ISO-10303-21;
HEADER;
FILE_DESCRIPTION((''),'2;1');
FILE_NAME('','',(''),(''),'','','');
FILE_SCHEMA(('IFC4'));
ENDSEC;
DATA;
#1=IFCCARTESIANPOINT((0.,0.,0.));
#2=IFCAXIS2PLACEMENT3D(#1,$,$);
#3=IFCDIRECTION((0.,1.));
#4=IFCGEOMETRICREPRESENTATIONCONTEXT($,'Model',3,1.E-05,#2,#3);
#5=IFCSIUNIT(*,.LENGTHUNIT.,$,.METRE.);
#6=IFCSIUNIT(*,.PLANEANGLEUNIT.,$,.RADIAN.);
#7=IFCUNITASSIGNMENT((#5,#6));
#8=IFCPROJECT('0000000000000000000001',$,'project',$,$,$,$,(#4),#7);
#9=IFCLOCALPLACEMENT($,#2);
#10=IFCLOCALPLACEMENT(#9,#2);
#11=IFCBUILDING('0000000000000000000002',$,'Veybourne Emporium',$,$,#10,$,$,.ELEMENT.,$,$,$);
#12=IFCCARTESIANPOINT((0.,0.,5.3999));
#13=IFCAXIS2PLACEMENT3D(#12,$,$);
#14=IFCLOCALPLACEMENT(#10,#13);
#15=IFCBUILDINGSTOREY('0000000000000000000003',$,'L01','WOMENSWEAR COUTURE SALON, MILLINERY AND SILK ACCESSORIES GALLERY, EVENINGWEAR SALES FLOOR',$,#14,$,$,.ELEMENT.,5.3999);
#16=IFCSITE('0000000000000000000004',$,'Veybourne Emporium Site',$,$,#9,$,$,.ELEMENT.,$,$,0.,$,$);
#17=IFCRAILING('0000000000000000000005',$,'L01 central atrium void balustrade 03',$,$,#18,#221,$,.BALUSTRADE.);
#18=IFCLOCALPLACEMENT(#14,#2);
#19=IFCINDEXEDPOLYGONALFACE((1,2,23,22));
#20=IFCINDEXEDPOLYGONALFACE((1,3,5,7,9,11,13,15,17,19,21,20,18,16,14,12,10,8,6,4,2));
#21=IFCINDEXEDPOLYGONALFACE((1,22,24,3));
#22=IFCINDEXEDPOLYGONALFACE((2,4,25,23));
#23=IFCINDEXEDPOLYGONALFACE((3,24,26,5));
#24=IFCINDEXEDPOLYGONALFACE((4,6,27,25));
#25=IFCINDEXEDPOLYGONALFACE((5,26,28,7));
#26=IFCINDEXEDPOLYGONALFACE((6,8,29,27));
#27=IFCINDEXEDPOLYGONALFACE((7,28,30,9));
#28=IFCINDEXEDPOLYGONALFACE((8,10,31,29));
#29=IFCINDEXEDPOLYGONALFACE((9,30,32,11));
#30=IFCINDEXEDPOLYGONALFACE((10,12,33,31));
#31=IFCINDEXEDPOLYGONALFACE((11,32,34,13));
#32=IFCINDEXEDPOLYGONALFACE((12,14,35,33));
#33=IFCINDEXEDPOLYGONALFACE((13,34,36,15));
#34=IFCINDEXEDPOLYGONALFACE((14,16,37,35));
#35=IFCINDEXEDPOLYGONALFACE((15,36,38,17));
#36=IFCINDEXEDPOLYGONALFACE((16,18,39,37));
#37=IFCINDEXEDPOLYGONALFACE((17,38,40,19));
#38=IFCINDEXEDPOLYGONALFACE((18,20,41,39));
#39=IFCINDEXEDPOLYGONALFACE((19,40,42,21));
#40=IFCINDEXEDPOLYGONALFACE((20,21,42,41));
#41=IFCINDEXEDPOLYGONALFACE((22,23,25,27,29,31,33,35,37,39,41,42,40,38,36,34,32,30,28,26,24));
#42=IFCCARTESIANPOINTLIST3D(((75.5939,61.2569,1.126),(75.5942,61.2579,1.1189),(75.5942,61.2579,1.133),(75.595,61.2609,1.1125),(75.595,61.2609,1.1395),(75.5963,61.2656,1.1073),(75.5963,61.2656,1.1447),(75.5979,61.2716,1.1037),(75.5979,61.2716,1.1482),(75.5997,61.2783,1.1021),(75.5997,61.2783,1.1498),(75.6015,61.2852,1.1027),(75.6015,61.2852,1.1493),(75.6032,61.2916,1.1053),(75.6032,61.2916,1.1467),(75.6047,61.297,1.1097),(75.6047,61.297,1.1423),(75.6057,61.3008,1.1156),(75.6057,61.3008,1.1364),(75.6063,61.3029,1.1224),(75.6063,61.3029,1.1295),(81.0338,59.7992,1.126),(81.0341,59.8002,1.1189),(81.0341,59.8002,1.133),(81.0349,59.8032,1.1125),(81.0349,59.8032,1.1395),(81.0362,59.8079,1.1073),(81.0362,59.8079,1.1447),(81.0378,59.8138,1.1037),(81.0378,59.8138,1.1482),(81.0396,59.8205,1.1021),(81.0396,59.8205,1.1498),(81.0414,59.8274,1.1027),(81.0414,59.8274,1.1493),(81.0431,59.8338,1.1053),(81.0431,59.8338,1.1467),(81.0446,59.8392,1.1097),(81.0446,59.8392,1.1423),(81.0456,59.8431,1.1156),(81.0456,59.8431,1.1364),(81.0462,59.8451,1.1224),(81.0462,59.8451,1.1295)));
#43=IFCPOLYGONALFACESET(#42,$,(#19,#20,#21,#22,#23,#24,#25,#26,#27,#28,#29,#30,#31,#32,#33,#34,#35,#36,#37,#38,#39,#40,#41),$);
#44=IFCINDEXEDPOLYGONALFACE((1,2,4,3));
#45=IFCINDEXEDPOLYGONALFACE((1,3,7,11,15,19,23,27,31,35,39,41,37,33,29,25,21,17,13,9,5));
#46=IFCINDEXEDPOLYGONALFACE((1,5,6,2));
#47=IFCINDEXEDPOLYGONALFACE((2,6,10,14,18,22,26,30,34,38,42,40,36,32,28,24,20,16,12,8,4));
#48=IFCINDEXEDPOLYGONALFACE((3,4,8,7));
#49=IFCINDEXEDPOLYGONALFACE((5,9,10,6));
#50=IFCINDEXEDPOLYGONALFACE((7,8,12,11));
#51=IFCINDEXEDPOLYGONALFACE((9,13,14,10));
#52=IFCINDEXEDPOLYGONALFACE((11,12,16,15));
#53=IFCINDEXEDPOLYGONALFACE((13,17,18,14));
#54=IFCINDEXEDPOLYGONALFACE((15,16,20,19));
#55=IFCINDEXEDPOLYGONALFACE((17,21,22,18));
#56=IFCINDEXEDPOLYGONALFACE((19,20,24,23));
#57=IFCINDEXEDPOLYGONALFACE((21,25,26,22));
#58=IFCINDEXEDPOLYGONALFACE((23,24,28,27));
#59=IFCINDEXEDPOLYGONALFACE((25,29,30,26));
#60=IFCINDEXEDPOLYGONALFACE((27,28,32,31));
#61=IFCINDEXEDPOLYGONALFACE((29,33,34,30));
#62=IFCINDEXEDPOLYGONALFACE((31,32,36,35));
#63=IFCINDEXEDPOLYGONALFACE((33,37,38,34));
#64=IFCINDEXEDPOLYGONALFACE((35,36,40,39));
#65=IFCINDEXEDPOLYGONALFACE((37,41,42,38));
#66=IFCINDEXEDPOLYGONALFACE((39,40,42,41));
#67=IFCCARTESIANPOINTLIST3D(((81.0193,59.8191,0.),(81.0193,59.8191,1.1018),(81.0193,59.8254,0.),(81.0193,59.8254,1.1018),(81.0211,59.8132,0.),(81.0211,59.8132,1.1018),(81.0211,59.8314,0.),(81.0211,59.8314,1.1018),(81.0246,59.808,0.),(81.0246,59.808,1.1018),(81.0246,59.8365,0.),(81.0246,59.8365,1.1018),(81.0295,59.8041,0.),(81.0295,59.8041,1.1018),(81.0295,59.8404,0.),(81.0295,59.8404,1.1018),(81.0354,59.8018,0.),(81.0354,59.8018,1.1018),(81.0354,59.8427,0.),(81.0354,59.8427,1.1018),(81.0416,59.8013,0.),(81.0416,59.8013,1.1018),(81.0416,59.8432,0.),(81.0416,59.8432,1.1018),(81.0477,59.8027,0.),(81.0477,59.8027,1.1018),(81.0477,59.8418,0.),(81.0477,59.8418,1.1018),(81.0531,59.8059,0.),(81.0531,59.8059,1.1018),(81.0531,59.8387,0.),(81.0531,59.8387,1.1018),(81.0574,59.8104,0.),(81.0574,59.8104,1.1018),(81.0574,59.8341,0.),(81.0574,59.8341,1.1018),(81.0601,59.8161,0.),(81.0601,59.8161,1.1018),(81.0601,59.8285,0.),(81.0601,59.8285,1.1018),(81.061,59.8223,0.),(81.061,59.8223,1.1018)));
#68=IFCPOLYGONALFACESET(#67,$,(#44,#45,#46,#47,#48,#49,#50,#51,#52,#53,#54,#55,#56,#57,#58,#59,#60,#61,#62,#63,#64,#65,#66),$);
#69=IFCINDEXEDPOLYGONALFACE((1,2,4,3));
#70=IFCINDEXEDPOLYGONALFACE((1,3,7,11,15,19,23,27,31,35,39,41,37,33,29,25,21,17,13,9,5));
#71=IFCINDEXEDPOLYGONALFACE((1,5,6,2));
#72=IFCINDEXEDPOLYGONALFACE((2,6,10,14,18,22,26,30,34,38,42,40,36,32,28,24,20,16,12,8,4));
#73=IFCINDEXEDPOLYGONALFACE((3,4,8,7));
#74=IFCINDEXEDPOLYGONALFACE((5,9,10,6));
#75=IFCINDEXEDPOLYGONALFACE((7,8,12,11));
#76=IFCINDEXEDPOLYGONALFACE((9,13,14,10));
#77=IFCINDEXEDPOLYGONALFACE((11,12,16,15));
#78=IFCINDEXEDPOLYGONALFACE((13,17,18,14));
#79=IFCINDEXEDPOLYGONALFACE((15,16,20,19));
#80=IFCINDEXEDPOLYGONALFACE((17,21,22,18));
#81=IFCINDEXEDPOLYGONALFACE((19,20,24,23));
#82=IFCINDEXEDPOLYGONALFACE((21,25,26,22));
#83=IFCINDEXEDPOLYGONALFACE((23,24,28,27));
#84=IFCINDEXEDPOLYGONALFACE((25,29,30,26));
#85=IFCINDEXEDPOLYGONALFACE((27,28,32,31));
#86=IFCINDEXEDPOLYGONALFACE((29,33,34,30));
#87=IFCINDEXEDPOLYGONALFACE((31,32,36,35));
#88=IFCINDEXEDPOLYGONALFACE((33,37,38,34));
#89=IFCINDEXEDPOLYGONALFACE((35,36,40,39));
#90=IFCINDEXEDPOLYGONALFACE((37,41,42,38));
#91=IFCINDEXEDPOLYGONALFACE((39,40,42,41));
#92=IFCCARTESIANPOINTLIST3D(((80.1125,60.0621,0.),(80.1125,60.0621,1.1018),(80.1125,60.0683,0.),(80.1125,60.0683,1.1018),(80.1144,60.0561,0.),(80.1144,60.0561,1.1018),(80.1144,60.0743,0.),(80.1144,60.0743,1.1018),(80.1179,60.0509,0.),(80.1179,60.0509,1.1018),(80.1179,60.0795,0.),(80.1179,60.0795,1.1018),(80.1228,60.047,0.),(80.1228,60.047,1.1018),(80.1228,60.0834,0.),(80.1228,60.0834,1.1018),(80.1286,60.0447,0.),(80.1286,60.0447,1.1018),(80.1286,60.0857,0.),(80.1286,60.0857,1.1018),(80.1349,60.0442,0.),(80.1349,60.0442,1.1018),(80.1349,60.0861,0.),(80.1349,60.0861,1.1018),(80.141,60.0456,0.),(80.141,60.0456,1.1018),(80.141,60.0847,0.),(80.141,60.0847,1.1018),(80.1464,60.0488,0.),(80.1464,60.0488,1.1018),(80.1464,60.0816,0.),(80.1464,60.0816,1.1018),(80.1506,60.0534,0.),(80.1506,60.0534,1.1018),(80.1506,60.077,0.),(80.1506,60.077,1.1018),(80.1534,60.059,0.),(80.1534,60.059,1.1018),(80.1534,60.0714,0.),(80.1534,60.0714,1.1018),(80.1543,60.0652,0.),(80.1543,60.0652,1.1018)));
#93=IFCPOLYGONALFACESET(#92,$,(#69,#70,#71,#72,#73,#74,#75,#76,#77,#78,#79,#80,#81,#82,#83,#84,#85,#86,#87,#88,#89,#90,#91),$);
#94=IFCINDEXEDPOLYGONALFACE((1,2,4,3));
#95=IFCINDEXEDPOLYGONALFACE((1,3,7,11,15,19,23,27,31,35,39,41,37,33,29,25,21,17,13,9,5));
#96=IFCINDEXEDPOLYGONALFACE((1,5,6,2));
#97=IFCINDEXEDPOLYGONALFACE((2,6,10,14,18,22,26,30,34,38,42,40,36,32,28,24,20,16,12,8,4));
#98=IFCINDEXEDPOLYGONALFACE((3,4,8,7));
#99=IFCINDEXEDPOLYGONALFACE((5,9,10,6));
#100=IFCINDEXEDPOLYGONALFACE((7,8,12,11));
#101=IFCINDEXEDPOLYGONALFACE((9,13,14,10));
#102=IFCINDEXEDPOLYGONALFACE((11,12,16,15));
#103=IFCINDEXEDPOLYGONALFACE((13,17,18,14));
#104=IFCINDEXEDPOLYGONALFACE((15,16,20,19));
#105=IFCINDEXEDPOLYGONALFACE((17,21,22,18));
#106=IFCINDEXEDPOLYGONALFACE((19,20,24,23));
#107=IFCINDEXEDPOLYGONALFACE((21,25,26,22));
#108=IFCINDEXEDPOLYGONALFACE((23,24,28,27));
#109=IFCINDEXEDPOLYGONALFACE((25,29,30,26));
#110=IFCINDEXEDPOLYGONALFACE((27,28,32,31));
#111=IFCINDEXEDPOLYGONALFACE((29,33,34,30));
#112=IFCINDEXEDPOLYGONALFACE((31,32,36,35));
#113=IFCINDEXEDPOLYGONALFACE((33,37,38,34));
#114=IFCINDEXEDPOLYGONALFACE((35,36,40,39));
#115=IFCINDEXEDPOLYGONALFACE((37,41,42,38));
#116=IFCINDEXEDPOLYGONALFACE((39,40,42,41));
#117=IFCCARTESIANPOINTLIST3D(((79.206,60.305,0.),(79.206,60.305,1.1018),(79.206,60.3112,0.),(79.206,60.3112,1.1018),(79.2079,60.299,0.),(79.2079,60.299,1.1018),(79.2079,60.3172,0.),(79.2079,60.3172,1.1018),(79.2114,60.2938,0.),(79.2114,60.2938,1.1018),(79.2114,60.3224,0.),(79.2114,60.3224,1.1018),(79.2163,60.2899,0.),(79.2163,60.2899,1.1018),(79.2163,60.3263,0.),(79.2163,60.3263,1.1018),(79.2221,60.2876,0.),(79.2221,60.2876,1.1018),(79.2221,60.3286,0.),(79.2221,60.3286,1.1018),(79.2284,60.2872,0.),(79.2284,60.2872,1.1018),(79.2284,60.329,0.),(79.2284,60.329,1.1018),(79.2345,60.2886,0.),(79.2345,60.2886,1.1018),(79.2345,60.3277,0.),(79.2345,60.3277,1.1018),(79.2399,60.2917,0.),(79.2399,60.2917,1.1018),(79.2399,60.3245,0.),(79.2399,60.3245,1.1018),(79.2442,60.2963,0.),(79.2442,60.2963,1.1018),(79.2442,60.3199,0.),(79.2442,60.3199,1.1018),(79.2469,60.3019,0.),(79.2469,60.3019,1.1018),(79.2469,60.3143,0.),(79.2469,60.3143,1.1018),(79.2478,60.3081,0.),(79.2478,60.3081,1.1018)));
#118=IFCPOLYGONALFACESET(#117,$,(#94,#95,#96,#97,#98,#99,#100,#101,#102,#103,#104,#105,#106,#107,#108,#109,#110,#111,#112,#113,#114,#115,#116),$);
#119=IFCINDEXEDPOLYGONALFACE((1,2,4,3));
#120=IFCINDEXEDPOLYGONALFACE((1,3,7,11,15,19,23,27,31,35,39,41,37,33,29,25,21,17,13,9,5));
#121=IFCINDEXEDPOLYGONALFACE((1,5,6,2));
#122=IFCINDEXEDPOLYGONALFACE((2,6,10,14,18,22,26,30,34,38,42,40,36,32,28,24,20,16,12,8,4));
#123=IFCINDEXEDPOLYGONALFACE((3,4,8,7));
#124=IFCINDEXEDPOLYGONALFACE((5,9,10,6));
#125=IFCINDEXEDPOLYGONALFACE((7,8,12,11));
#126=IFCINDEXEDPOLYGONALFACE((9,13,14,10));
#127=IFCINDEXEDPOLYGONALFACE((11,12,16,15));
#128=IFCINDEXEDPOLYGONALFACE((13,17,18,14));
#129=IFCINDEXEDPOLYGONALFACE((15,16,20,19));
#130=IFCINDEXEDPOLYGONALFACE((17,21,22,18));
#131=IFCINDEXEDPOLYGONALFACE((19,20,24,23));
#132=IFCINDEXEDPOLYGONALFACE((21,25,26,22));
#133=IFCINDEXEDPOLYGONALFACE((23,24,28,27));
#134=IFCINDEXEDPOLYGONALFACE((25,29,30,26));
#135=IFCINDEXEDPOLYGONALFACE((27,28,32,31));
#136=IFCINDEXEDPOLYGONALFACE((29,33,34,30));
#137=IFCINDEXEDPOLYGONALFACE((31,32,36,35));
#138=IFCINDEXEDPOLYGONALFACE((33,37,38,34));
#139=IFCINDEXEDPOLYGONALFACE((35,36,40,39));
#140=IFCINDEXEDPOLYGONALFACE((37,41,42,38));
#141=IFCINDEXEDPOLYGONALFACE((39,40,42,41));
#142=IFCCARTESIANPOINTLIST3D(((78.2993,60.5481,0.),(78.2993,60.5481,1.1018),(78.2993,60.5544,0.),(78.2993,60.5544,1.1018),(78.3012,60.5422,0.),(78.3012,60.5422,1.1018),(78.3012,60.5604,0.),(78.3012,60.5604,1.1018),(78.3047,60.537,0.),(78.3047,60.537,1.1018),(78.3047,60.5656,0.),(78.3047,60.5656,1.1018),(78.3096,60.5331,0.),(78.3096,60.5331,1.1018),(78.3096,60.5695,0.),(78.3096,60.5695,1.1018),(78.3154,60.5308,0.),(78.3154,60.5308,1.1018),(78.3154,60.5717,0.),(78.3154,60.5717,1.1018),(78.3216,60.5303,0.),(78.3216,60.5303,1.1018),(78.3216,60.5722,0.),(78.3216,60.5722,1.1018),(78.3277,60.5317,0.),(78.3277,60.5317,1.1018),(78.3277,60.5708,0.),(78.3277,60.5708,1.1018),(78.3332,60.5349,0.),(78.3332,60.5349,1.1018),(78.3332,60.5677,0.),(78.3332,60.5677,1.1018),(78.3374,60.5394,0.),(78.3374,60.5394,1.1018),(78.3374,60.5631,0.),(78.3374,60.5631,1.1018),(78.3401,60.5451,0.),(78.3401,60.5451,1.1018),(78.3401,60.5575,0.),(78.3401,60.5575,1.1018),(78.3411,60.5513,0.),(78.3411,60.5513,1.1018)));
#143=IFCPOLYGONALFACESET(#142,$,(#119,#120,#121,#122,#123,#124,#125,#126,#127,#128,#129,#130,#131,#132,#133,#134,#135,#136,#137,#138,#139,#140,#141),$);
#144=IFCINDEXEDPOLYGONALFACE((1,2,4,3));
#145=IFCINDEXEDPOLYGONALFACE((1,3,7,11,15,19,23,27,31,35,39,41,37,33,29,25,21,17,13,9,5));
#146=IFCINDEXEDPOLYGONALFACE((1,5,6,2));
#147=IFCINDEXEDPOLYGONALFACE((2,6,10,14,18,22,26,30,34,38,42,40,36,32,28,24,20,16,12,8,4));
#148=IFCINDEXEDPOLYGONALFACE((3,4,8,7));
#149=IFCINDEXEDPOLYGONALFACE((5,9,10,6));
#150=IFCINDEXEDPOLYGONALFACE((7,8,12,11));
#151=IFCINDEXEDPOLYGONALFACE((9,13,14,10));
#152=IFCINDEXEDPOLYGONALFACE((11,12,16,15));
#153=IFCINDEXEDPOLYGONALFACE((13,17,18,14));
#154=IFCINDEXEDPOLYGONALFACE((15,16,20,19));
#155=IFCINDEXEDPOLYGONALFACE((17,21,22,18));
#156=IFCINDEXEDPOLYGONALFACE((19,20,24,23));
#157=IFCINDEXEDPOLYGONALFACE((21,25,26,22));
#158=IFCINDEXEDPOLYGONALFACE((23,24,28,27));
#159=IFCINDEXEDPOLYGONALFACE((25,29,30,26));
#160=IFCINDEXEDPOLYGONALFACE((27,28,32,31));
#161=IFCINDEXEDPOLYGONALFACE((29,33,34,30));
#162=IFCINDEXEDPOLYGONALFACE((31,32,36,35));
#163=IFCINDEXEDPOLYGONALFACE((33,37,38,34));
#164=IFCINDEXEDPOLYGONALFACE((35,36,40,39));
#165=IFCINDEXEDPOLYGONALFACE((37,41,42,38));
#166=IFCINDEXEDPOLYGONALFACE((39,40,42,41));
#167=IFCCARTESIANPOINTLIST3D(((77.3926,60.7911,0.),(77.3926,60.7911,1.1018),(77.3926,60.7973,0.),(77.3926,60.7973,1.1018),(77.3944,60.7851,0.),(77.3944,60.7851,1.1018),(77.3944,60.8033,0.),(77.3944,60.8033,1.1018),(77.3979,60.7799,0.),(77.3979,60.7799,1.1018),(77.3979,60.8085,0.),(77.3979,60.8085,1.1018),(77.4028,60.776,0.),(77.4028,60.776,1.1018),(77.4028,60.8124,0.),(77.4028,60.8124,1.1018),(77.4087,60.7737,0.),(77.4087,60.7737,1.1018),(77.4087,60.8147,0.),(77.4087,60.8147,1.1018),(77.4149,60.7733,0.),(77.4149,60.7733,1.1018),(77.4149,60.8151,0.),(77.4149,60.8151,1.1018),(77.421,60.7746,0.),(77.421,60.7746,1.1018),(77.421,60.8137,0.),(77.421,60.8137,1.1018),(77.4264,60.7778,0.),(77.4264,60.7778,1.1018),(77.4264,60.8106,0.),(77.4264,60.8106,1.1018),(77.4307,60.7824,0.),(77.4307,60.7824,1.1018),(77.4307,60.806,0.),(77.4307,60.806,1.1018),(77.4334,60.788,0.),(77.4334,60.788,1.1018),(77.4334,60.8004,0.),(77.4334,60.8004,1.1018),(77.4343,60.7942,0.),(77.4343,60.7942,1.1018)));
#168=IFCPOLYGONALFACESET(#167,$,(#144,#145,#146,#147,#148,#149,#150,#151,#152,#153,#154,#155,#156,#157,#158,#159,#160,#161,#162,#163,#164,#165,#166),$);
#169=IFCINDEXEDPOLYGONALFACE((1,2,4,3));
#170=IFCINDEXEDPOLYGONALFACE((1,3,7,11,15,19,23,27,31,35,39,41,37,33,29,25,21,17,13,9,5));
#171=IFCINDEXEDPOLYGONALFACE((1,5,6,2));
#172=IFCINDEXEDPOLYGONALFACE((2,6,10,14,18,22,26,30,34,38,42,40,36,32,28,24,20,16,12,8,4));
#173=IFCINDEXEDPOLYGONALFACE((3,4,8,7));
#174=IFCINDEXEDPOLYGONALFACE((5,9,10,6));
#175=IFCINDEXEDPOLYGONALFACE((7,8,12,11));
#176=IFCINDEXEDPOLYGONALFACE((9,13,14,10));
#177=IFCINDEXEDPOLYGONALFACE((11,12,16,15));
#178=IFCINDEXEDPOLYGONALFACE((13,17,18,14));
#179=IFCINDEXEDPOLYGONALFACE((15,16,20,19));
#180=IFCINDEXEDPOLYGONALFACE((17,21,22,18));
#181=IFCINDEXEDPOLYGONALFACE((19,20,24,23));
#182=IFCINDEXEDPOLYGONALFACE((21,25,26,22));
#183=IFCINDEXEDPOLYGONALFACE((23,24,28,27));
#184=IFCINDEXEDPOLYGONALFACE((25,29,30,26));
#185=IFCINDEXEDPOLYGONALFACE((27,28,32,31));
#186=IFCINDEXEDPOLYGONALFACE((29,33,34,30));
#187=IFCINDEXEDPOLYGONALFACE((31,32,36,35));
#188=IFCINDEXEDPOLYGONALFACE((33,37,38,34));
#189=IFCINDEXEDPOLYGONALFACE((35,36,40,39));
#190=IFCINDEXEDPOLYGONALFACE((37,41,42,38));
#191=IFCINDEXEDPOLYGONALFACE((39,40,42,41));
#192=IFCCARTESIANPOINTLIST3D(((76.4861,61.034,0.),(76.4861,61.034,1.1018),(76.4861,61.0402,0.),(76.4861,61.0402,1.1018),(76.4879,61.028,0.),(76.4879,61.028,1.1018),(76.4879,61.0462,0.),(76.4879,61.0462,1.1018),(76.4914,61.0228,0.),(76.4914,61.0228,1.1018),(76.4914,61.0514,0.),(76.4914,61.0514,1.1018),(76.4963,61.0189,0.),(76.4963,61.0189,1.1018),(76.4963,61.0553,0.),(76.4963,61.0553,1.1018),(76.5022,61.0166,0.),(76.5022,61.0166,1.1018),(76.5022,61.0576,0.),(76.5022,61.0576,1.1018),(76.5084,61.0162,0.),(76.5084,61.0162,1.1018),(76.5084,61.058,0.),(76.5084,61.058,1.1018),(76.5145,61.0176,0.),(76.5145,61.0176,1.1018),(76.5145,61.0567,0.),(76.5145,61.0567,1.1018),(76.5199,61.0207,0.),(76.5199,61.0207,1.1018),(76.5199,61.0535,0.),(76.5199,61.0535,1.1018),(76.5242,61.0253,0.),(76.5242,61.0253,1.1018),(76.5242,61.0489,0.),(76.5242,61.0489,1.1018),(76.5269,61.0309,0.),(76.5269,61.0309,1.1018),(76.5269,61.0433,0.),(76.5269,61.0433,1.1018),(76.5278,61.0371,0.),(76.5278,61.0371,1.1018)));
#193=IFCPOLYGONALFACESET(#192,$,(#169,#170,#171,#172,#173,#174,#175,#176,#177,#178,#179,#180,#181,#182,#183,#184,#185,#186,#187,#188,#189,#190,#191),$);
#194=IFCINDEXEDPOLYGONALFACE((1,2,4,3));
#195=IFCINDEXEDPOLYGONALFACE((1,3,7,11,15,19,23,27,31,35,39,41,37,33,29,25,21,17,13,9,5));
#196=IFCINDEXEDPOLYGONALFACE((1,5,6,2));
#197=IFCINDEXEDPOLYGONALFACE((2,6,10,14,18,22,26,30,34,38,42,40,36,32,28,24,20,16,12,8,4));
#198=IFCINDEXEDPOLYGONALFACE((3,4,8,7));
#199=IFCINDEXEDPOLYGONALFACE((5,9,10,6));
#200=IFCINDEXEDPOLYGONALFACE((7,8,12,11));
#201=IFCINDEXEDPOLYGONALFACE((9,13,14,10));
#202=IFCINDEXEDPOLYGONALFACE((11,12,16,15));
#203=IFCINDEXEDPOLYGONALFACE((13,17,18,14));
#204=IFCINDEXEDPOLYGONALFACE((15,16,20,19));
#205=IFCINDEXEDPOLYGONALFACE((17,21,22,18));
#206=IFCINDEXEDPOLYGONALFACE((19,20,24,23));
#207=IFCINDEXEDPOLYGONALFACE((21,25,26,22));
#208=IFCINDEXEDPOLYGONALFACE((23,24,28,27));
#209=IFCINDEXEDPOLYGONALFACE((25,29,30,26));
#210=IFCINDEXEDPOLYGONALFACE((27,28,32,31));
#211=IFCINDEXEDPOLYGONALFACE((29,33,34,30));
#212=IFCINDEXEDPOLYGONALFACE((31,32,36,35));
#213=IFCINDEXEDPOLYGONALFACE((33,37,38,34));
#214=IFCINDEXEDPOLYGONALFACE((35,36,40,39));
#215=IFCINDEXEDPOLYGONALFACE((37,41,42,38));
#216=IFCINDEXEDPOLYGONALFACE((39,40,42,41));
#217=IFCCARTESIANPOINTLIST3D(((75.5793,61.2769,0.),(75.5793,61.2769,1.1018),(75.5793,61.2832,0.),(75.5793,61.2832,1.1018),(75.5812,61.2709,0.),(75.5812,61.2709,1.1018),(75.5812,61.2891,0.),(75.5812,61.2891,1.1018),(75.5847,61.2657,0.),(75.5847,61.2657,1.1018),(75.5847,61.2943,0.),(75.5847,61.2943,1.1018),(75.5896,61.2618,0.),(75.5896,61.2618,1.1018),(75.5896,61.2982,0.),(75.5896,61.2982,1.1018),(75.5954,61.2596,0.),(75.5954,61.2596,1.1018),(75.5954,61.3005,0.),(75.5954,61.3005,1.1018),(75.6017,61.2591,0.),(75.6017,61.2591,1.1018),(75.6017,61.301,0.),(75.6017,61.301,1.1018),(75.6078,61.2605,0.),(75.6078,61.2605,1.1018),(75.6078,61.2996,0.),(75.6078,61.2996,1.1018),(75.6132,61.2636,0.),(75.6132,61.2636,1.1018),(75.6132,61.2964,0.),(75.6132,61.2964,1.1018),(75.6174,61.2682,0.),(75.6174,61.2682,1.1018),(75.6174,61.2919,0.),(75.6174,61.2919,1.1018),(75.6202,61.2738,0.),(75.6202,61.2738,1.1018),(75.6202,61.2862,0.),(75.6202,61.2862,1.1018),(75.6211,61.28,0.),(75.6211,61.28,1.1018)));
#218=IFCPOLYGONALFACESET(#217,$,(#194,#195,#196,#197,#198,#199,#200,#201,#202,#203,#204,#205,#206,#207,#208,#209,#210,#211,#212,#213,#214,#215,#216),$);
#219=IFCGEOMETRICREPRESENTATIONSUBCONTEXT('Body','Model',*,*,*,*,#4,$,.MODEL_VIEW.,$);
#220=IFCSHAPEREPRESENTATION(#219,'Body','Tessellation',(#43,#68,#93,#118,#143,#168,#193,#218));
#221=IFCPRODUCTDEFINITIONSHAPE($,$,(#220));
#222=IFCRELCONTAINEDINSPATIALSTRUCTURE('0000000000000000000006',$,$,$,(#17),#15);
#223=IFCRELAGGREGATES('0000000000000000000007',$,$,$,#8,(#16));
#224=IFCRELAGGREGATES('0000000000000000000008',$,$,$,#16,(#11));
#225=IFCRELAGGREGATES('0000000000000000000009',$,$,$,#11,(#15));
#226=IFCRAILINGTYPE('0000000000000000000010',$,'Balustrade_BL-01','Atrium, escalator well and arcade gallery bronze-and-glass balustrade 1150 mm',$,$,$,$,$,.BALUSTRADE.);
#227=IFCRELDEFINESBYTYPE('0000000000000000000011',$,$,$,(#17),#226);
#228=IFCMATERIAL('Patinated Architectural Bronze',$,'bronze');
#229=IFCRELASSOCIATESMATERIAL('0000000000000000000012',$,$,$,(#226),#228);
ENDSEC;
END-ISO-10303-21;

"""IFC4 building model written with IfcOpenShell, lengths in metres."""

from ifc_helpers import new_model, si_unit, direction, frame, origin, origin_2d, place, context, subcontext, project, spatial, circle, extrude, material, type_object, element, save


model = new_model("IFC4")

# Units and contexts
model_context = context("Model", 3, precision=1e-05, world=origin(), true_north=direction((0.0, 1.0)))
body_context = subcontext(model_context, "Body", "Model", "MODEL_VIEW")
ifc_project = project(units=[si_unit("LENGTHUNIT", "METRE"), si_unit("PLANEANGLEUNIT", "RADIAN")], contexts=[model_context])

# Site, building, storey
site_placement = place(None, origin())
site = spatial("IfcSite", under=ifc_project, at=site_placement, Name="Veybourne Emporium Site", CompositionType="ELEMENT", RefElevation=0.0)
building_placement = place(site_placement, origin())
building = spatial("IfcBuilding", under=site, at=building_placement, Name="Veybourne Emporium", CompositionType="ELEMENT")
storey_placement = place(building_placement, frame((0.0, 0.0, 5.3999)))
storey = spatial("IfcBuildingStorey", under=building, at=storey_placement, Name="L01", Description="WOMENSWEAR COUTURE SALON, MILLINERY AND SILK ACCESSORIES GALLERY, EVENINGWEAR SALES FLOOR", CompositionType="ELEMENT", Elevation=5.3999)

# Railing
ifc_material_1 = material(Name="Patinated Architectural Bronze", Category="bronze")
railing_type = type_object("IfcRailingType", Name="Balustrade_BL-01", Description="Atrium, escalator well and arcade gallery bronze-and-glass balustrade 1150 mm", PredefinedType="BALUSTRADE", material=ifc_material_1)
railing_1_placement = place(storey_placement, frame((81.04, 59.8223, 0.0)))
element("IfcRailing", 1, at=railing_1_placement, inside=storey, type_object=railing_type, Name="L01 central atrium void balustrade 03", PredefinedType="BALUSTRADE", context=body_context, shape_type="SweptSolid", body=[
    extrude(circle(Radius=0.0239, at=origin_2d()), frame((0.0, 0.0, 1.126), z_axis=(-0.96592, 0.258842, 0.0), x_axis=(-0.258842, -0.96592, 0.0)), (0.0, 0.0, 1.0), 5.6318),
    extrude(circle(Radius=0.021, at=origin_2d()), origin(), (0.0, 0.0, 1.0), 1.1018),
    extrude(circle(Radius=0.021, at=origin_2d()), frame((-0.9067, 0.2429, 0.0)), (0.0, 0.0, 1.0), 1.1018),
    extrude(circle(Radius=0.021, at=origin_2d()), frame((-1.8132, 0.4858, 0.0)), (0.0, 0.0, 1.0), 1.1018),
    extrude(circle(Radius=0.021, at=origin_2d()), frame((-2.72, 0.729, 0.0)), (0.0, 0.0, 1.0), 1.1018),
    extrude(circle(Radius=0.021, at=origin_2d()), frame((-3.6267, 0.9719, 0.0)), (0.0, 0.0, 1.0), 1.1018),
    extrude(circle(Radius=0.021, at=origin_2d()), frame((-4.5332, 1.2148, 0.0)), (0.0, 0.0, 1.0), 1.1018),
    extrude(circle(Radius=0.021, at=origin_2d()), frame((-5.4399, 1.4578, 0.0)), (0.0, 0.0, 1.0), 1.1018),
])

save(model, "model.ifc")
